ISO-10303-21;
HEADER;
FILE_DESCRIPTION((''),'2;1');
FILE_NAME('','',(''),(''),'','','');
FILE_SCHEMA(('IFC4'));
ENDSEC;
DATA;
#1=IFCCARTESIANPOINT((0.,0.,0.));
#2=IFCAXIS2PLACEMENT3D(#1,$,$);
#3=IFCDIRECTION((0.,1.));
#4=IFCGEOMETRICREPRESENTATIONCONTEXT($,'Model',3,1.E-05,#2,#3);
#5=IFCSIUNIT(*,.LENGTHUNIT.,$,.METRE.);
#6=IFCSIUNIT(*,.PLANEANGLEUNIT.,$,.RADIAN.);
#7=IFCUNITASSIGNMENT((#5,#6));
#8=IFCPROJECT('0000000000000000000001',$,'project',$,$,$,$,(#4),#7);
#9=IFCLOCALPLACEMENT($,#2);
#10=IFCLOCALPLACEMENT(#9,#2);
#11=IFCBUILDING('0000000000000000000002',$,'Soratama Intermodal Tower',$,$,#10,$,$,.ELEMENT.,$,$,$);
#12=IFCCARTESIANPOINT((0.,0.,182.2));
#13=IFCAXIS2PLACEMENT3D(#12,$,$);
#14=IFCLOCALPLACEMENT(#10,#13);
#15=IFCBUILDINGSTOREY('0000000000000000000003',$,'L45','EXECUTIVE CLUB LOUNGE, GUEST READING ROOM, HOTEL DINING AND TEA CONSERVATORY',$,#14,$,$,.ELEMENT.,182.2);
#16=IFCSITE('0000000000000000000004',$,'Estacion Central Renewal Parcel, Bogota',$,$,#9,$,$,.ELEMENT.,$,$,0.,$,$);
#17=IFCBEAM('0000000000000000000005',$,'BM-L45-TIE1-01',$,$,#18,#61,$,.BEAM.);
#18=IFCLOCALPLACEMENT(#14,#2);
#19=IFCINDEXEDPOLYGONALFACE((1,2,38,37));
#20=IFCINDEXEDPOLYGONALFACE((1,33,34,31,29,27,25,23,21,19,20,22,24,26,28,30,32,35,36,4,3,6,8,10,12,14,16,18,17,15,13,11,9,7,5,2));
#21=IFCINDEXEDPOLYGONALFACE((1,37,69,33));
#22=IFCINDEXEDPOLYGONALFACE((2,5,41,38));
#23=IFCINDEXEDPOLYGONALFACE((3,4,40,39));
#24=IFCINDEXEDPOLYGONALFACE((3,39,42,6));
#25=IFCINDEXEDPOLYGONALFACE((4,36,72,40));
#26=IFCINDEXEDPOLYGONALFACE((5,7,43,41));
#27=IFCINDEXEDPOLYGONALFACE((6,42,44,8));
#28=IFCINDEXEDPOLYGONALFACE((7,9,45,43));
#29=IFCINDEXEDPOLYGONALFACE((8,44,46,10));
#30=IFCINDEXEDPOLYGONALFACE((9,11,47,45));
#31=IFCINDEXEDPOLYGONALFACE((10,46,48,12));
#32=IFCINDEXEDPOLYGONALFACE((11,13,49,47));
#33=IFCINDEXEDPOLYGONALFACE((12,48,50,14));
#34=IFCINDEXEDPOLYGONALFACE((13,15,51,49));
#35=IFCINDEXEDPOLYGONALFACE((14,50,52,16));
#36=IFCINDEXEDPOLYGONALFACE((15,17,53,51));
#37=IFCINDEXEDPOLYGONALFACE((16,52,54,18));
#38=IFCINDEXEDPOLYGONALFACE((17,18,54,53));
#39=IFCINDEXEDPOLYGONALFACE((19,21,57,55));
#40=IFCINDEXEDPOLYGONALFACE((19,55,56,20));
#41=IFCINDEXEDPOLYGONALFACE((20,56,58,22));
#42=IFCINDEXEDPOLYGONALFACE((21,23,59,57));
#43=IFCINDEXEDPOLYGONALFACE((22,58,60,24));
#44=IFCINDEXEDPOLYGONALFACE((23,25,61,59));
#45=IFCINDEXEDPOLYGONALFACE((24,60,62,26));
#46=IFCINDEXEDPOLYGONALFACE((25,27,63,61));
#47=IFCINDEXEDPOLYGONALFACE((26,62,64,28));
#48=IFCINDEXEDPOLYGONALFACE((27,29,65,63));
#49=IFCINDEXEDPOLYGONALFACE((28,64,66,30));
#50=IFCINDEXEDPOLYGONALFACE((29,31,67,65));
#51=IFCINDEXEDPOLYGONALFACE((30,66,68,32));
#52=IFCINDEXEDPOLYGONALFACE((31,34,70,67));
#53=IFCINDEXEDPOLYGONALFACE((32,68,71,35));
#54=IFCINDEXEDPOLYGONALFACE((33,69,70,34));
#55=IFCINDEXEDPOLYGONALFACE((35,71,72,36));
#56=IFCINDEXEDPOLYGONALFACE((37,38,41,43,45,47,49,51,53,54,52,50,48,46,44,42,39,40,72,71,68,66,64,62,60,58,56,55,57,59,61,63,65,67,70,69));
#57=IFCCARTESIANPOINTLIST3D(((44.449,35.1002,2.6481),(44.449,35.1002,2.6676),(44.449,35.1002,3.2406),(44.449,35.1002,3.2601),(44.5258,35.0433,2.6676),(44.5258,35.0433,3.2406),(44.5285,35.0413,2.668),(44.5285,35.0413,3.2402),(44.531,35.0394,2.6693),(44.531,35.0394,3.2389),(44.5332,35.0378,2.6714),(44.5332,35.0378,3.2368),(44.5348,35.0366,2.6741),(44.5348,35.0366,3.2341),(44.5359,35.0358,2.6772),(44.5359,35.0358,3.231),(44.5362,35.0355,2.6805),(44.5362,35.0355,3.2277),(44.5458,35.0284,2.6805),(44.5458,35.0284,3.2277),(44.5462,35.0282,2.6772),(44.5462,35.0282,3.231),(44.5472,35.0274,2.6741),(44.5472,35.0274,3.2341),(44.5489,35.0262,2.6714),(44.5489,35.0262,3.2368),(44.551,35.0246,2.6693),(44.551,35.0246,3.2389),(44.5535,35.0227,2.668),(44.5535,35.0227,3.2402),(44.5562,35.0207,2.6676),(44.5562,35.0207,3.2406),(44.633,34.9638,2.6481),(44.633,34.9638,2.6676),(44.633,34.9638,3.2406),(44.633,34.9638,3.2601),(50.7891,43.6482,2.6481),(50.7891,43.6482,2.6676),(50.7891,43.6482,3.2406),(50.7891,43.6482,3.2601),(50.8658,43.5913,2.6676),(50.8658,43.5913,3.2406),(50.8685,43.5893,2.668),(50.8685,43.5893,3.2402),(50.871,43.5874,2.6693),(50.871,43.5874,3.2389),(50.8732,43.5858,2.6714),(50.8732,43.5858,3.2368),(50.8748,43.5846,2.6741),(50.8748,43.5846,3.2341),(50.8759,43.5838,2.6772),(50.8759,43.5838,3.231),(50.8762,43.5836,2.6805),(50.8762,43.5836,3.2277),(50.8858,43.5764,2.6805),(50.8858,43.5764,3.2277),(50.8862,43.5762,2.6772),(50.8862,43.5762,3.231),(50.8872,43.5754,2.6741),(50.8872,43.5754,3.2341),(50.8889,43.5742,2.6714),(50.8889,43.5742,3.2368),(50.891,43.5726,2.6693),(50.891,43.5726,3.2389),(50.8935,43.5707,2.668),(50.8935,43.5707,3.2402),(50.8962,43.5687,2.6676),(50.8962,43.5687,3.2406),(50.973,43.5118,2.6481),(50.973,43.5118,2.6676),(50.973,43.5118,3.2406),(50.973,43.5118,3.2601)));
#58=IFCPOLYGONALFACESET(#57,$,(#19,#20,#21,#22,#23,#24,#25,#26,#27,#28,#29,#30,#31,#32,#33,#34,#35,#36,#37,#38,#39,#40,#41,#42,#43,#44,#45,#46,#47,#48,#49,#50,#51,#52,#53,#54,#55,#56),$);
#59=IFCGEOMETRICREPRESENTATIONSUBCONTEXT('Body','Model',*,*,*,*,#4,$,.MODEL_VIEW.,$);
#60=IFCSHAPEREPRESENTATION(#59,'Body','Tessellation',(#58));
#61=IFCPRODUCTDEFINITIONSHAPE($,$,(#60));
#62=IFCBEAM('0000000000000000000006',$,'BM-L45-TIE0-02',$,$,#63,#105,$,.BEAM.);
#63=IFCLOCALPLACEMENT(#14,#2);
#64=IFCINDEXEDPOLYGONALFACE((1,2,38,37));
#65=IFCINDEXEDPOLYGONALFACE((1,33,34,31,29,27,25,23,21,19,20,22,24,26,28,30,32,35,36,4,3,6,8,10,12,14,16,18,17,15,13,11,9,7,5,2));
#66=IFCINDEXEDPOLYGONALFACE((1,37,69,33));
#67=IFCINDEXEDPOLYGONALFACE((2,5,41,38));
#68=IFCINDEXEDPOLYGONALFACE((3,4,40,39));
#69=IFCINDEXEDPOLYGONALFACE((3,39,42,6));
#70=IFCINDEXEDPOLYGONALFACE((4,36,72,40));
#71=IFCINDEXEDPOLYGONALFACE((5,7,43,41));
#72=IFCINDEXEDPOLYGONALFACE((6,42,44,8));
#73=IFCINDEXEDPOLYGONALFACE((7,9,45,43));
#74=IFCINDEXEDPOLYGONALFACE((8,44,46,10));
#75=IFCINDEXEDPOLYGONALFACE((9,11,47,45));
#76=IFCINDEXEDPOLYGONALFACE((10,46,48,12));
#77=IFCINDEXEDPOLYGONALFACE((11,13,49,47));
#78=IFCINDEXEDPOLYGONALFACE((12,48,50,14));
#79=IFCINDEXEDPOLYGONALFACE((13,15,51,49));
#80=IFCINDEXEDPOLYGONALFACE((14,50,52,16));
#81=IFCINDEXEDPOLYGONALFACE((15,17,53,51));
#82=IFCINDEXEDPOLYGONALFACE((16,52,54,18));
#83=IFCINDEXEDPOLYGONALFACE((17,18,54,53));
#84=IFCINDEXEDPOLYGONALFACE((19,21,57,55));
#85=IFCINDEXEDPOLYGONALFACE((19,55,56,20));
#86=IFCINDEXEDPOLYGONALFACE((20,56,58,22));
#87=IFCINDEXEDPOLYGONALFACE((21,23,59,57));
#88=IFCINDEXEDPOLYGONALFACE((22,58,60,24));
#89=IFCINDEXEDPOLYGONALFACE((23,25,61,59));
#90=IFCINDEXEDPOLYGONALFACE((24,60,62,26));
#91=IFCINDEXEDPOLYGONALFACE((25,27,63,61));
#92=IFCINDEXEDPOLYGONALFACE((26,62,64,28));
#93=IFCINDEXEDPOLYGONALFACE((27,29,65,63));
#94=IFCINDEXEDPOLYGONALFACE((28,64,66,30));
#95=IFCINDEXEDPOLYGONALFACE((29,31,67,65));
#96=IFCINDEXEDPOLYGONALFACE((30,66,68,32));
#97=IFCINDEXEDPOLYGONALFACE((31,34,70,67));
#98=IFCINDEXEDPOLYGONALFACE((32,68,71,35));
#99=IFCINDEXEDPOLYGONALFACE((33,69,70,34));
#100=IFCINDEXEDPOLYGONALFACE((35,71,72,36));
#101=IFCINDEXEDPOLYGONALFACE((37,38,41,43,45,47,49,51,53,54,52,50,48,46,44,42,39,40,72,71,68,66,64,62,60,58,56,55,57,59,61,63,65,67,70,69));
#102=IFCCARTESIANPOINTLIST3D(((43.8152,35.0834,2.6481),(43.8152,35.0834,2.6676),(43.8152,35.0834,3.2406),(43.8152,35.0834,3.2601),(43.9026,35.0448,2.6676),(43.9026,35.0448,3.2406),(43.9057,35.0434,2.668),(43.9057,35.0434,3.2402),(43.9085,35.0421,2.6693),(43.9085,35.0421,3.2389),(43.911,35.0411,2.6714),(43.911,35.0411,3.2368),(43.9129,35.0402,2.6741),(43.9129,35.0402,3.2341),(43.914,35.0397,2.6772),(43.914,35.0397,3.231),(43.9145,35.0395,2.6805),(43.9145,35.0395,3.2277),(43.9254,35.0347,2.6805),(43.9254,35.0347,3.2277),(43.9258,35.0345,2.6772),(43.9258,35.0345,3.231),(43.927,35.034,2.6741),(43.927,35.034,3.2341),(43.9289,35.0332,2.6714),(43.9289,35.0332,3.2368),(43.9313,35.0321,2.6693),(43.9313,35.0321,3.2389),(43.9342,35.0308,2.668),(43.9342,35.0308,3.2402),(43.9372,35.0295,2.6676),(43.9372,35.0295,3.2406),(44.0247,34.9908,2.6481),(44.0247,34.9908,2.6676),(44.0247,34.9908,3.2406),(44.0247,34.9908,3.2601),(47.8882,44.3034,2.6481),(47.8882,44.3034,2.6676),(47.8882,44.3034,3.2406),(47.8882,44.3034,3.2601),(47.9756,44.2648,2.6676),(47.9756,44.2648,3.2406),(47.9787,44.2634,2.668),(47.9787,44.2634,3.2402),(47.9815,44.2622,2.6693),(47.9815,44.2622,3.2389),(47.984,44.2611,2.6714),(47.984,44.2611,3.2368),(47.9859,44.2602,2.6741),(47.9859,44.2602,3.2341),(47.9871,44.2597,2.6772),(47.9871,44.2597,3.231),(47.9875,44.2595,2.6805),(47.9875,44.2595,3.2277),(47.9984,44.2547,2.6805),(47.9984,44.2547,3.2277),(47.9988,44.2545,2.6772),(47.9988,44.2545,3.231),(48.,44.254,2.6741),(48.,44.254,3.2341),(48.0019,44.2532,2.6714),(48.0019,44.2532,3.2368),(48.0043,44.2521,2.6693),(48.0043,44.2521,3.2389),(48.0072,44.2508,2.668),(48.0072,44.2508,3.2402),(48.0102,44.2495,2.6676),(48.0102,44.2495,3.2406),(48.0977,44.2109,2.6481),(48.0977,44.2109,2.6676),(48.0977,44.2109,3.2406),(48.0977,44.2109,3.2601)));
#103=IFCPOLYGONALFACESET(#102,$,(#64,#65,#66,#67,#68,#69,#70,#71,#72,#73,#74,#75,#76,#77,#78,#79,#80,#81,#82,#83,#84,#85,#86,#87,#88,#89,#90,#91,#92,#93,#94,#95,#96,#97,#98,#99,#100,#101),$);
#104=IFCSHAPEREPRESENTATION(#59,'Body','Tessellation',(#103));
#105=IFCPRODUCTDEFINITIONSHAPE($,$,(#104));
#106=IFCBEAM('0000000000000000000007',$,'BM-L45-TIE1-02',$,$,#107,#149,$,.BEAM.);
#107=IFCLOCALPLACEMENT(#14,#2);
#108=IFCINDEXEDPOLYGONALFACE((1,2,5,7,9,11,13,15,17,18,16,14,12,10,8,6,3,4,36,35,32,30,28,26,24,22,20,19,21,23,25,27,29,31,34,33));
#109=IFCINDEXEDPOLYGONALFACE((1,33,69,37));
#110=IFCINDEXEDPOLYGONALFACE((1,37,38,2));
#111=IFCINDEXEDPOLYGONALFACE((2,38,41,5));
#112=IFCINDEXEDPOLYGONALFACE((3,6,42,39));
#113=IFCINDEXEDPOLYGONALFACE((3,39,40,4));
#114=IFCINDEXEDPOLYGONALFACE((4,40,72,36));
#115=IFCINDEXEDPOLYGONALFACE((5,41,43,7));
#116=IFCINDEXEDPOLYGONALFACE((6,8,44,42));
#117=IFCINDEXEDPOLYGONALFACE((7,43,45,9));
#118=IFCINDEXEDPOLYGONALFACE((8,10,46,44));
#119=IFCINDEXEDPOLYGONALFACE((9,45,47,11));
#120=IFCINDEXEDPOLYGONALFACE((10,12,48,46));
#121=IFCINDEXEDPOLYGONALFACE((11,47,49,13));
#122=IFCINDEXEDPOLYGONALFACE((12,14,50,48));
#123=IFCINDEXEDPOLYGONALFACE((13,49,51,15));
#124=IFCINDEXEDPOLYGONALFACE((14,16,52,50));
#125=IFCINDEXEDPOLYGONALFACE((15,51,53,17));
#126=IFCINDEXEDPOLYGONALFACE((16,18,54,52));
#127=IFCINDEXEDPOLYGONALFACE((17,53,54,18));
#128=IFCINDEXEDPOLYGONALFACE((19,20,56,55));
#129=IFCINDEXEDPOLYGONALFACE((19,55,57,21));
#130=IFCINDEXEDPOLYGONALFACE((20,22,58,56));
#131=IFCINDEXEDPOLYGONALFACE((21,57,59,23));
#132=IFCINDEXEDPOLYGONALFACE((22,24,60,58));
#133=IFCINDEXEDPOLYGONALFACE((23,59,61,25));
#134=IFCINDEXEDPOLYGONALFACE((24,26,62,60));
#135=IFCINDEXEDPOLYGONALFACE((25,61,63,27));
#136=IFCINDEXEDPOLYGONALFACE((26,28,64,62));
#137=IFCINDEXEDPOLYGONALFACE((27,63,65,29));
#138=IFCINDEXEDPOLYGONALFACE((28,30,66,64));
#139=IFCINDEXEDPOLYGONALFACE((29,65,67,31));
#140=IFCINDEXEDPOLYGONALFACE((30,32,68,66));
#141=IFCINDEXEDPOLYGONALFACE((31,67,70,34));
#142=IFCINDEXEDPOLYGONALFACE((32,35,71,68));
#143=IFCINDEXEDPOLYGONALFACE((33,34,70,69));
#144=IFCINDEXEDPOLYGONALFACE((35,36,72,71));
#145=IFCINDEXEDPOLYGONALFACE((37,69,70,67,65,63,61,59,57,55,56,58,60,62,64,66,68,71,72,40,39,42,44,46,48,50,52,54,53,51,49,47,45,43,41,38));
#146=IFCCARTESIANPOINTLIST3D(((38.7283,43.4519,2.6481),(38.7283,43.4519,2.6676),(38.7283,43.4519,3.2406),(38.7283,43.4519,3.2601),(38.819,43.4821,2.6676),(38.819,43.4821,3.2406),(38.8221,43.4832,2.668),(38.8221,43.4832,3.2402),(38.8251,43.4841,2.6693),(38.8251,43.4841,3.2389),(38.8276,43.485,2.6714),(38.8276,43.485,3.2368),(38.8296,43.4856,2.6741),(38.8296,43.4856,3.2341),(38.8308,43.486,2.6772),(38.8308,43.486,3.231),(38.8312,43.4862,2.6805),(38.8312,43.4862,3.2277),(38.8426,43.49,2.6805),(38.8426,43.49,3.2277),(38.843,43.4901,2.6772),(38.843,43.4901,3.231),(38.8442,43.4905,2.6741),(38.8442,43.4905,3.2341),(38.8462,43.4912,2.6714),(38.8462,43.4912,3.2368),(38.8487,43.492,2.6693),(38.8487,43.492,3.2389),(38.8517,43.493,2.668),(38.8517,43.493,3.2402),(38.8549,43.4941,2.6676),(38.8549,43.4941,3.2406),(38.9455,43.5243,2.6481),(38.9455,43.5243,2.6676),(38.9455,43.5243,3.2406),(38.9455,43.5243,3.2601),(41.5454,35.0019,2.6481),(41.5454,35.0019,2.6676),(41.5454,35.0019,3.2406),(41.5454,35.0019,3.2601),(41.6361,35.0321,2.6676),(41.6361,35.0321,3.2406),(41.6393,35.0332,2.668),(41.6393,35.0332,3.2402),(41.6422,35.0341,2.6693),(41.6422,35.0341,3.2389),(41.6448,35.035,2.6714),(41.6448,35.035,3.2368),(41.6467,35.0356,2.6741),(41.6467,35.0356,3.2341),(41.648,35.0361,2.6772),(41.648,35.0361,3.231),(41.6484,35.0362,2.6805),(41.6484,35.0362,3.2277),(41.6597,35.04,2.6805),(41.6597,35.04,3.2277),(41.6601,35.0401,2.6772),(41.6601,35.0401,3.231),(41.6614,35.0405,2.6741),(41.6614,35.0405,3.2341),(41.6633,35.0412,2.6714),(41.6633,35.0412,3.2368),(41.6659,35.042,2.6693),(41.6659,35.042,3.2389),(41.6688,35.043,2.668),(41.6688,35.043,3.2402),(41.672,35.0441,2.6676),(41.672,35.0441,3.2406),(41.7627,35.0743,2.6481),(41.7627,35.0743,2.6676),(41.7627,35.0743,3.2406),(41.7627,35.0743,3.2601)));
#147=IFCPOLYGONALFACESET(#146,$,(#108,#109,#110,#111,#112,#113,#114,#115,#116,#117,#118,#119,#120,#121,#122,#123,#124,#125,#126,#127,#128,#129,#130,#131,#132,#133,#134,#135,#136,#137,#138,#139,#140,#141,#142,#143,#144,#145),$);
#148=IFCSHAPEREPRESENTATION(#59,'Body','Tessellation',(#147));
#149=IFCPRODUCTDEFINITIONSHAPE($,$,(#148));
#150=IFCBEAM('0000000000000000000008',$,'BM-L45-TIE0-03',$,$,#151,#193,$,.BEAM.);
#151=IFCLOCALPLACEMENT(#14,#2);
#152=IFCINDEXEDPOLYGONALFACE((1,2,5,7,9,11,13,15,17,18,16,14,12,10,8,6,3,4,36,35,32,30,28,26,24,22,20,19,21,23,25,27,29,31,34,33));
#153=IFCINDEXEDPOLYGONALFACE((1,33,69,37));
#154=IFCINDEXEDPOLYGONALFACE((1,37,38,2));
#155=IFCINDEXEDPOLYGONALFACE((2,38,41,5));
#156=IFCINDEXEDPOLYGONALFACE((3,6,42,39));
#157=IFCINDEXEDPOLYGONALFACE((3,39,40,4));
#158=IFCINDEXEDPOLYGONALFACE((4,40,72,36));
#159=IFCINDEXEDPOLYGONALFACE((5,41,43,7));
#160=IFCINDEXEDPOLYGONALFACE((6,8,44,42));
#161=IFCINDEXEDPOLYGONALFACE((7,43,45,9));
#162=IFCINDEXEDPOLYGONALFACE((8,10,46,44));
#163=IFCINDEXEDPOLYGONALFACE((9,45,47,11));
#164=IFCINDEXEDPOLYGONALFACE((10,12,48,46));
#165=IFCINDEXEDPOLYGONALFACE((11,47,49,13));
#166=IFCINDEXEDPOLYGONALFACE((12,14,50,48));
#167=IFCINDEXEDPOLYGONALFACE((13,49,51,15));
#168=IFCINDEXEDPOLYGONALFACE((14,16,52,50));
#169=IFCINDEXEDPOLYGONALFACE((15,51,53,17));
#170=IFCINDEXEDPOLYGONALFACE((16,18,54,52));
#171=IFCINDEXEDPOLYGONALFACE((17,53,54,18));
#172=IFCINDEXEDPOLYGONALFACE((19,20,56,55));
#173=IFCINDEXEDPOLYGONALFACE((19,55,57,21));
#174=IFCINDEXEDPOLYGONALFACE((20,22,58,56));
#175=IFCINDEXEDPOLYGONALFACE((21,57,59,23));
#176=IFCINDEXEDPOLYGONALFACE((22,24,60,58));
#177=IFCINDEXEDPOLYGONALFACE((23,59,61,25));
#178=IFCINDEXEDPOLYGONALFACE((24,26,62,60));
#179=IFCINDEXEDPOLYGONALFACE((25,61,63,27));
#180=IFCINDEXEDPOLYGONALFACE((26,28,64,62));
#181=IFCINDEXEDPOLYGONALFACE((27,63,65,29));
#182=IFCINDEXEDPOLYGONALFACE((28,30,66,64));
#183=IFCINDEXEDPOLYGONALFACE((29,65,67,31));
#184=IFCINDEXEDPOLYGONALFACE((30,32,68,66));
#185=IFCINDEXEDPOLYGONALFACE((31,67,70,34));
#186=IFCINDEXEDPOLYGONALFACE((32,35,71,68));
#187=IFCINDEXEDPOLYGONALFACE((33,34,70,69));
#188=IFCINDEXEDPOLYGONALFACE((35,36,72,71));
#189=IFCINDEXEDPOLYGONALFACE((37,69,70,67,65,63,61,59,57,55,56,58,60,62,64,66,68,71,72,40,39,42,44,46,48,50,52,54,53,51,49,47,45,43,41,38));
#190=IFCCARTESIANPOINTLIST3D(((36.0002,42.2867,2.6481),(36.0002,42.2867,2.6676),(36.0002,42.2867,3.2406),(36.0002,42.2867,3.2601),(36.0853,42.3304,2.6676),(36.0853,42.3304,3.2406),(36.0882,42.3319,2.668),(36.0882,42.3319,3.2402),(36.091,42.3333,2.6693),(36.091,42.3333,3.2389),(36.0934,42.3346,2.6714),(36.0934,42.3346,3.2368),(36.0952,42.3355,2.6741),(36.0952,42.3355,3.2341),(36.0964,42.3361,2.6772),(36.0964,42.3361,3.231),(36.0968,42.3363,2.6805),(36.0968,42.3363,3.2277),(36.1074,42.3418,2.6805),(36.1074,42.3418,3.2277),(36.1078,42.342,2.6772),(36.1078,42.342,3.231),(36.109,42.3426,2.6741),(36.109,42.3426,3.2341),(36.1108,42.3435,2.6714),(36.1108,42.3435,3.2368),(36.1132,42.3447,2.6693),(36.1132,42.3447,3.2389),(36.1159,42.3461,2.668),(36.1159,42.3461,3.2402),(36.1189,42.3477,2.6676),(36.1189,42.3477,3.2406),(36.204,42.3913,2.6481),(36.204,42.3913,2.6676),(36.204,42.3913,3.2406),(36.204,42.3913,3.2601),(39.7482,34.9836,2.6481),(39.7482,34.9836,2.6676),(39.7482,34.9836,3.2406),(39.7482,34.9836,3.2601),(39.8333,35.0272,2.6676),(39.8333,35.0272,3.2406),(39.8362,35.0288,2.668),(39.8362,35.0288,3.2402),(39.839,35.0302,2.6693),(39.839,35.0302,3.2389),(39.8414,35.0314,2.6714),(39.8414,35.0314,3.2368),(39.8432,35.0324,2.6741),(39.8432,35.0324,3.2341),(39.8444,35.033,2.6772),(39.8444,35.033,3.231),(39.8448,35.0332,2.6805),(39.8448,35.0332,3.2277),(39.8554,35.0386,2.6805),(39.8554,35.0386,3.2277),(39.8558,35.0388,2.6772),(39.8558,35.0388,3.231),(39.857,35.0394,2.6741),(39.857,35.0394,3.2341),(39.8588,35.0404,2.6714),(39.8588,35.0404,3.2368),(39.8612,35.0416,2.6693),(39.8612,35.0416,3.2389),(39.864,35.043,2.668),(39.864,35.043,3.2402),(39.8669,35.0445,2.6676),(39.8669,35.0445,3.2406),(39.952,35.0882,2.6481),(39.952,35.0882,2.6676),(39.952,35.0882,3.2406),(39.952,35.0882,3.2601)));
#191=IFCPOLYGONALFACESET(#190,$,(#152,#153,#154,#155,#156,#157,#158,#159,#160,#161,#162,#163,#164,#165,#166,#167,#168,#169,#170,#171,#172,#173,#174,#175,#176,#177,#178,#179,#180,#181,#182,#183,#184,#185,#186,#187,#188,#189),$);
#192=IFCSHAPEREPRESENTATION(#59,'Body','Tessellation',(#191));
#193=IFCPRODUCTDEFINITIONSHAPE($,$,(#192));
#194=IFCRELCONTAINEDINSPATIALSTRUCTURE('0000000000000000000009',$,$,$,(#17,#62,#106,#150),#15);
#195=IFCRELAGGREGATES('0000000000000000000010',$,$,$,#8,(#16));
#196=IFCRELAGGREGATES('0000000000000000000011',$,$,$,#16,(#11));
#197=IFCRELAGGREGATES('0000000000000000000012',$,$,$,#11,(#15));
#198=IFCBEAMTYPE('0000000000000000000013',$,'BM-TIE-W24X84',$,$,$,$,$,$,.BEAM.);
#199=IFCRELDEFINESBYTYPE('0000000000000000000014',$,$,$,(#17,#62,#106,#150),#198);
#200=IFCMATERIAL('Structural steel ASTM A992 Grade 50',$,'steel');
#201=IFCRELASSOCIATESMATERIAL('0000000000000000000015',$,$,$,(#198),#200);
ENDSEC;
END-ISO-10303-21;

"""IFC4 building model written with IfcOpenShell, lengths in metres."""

from ifc_helpers import new_model, si_unit, direction, frame, origin, origin_2d, place, context, subcontext, project, spatial, i_section, extrude, material, material_profile, profile_set, type_object, element, save


model = new_model("IFC4")

# Units and contexts
model_context = context("Model", 3, precision=1e-05, world=origin(), true_north=direction((0.0, 1.0)))
body_context = subcontext(model_context, "Body", "Model", "MODEL_VIEW")
ifc_project = project(units=[si_unit("LENGTHUNIT", "METRE"), si_unit("PLANEANGLEUNIT", "RADIAN")], contexts=[model_context])

# Site, building, storey
site_placement = place(None, origin())
site = spatial("IfcSite", under=ifc_project, at=site_placement, Name="Estacion Central Renewal Parcel, Bogota", CompositionType="ELEMENT", RefElevation=0.0)
building_placement = place(site_placement, origin())
building = spatial("IfcBuilding", under=site, at=building_placement, Name="Soratama Intermodal Tower", CompositionType="ELEMENT")
storey_placement = place(building_placement, frame((0.0, 0.0, 182.2)))
storey = spatial("IfcBuildingStorey", under=building, at=storey_placement, Name="L45", Description="EXECUTIVE CLUB LOUNGE, GUEST READING ROOM, HOTEL DINING AND TEA CONSERVATORY", CompositionType="ELEMENT", Elevation=182.2)

# Beams
ifc_material_1 = material(Name="Structural steel ASTM A992 Grade 50", Category="steel")
ifc_material_profile_1 = material_profile(ifc_material_1, i_section(OverallWidth=0.229, OverallDepth=0.6121, WebThickness=0.012, FlangeThickness=0.0195, FilletRadius=0.0129, at=origin_2d()), Name="W24X84")
ifc_profile_set_1 = profile_set([ifc_material_profile_1], Name="Structural steel ASTM A992 Grade 50")
beam_type_1 = type_object("IfcBeamType", Name="BM-TIE-W24X84", PredefinedType="BEAM", material=ifc_profile_set_1)
beam_1_placement = place(storey_placement, frame((44.541, 35.032, 2.9541), z_axis=(0.595723, 0.80319, 0.0), x_axis=(-0.80319, 0.595723, 0.0)))
element("IfcBeam", 1, at=beam_1_placement, inside=storey, type_object=beam_type_1, Name="BM-L45-TIE1-01", PredefinedType="BEAM", context=body_context, shape_type="SweptSolid", body=[
    extrude(i_section(OverallWidth=0.229, OverallDepth=0.6121, WebThickness=0.012, FlangeThickness=0.0195, FilletRadius=0.0129, at=origin_2d()), origin(), (0.0, 0.0, 1.0), 10.6426),
])
beam_2_placement = place(storey_placement, frame((43.9199, 35.0371, 2.9541), z_axis=(0.404086, 0.914721, 0.0), x_axis=(-0.914721, 0.404086, 0.0)))
element("IfcBeam", 2, at=beam_2_placement, inside=storey, type_object=beam_type_1, Name="BM-L45-TIE0-02", PredefinedType="BEAM", context=body_context, shape_type="SweptSolid", body=[
    extrude(i_section(OverallWidth=0.229, OverallDepth=0.6121, WebThickness=0.012, FlangeThickness=0.0195, FilletRadius=0.0129, at=origin_2d()), origin(), (0.0, 0.0, 1.0), 10.0796),
])
beam_3_placement = place(storey_placement, frame((41.6541, 35.0381, 2.9541), z_axis=(-0.316277, 0.948667, 0.0), x_axis=(-0.948667, -0.316277, 0.0)))
element("IfcBeam", 3, at=beam_3_placement, inside=storey, type_object=beam_type_1, Name="BM-L45-TIE1-02", PredefinedType="BEAM", context=body_context, shape_type="SweptSolid", body=[
    extrude(i_section(OverallWidth=0.229, OverallDepth=0.6121, WebThickness=0.012, FlangeThickness=0.0195, FilletRadius=0.0129, at=origin_2d()), origin(), (0.0, 0.0, 1.0), 8.9072),
])
beam_4_placement = place(storey_placement, frame((39.8501, 35.0359, 2.9541), z_axis=(-0.456587, 0.889679, 0.0), x_axis=(-0.889679, -0.456587, 0.0)))
element("IfcBeam", 4, at=beam_4_placement, inside=storey, type_object=beam_type_1, Name="BM-L45-TIE0-03", PredefinedType="BEAM", context=body_context, shape_type="SweptSolid", body=[
    extrude(i_section(OverallWidth=0.229, OverallDepth=0.6121, WebThickness=0.012, FlangeThickness=0.0195, FilletRadius=0.0129, at=origin_2d()), origin(), (0.0, 0.0, 1.0), 8.2087),
])

save(model, "model.ifc")
